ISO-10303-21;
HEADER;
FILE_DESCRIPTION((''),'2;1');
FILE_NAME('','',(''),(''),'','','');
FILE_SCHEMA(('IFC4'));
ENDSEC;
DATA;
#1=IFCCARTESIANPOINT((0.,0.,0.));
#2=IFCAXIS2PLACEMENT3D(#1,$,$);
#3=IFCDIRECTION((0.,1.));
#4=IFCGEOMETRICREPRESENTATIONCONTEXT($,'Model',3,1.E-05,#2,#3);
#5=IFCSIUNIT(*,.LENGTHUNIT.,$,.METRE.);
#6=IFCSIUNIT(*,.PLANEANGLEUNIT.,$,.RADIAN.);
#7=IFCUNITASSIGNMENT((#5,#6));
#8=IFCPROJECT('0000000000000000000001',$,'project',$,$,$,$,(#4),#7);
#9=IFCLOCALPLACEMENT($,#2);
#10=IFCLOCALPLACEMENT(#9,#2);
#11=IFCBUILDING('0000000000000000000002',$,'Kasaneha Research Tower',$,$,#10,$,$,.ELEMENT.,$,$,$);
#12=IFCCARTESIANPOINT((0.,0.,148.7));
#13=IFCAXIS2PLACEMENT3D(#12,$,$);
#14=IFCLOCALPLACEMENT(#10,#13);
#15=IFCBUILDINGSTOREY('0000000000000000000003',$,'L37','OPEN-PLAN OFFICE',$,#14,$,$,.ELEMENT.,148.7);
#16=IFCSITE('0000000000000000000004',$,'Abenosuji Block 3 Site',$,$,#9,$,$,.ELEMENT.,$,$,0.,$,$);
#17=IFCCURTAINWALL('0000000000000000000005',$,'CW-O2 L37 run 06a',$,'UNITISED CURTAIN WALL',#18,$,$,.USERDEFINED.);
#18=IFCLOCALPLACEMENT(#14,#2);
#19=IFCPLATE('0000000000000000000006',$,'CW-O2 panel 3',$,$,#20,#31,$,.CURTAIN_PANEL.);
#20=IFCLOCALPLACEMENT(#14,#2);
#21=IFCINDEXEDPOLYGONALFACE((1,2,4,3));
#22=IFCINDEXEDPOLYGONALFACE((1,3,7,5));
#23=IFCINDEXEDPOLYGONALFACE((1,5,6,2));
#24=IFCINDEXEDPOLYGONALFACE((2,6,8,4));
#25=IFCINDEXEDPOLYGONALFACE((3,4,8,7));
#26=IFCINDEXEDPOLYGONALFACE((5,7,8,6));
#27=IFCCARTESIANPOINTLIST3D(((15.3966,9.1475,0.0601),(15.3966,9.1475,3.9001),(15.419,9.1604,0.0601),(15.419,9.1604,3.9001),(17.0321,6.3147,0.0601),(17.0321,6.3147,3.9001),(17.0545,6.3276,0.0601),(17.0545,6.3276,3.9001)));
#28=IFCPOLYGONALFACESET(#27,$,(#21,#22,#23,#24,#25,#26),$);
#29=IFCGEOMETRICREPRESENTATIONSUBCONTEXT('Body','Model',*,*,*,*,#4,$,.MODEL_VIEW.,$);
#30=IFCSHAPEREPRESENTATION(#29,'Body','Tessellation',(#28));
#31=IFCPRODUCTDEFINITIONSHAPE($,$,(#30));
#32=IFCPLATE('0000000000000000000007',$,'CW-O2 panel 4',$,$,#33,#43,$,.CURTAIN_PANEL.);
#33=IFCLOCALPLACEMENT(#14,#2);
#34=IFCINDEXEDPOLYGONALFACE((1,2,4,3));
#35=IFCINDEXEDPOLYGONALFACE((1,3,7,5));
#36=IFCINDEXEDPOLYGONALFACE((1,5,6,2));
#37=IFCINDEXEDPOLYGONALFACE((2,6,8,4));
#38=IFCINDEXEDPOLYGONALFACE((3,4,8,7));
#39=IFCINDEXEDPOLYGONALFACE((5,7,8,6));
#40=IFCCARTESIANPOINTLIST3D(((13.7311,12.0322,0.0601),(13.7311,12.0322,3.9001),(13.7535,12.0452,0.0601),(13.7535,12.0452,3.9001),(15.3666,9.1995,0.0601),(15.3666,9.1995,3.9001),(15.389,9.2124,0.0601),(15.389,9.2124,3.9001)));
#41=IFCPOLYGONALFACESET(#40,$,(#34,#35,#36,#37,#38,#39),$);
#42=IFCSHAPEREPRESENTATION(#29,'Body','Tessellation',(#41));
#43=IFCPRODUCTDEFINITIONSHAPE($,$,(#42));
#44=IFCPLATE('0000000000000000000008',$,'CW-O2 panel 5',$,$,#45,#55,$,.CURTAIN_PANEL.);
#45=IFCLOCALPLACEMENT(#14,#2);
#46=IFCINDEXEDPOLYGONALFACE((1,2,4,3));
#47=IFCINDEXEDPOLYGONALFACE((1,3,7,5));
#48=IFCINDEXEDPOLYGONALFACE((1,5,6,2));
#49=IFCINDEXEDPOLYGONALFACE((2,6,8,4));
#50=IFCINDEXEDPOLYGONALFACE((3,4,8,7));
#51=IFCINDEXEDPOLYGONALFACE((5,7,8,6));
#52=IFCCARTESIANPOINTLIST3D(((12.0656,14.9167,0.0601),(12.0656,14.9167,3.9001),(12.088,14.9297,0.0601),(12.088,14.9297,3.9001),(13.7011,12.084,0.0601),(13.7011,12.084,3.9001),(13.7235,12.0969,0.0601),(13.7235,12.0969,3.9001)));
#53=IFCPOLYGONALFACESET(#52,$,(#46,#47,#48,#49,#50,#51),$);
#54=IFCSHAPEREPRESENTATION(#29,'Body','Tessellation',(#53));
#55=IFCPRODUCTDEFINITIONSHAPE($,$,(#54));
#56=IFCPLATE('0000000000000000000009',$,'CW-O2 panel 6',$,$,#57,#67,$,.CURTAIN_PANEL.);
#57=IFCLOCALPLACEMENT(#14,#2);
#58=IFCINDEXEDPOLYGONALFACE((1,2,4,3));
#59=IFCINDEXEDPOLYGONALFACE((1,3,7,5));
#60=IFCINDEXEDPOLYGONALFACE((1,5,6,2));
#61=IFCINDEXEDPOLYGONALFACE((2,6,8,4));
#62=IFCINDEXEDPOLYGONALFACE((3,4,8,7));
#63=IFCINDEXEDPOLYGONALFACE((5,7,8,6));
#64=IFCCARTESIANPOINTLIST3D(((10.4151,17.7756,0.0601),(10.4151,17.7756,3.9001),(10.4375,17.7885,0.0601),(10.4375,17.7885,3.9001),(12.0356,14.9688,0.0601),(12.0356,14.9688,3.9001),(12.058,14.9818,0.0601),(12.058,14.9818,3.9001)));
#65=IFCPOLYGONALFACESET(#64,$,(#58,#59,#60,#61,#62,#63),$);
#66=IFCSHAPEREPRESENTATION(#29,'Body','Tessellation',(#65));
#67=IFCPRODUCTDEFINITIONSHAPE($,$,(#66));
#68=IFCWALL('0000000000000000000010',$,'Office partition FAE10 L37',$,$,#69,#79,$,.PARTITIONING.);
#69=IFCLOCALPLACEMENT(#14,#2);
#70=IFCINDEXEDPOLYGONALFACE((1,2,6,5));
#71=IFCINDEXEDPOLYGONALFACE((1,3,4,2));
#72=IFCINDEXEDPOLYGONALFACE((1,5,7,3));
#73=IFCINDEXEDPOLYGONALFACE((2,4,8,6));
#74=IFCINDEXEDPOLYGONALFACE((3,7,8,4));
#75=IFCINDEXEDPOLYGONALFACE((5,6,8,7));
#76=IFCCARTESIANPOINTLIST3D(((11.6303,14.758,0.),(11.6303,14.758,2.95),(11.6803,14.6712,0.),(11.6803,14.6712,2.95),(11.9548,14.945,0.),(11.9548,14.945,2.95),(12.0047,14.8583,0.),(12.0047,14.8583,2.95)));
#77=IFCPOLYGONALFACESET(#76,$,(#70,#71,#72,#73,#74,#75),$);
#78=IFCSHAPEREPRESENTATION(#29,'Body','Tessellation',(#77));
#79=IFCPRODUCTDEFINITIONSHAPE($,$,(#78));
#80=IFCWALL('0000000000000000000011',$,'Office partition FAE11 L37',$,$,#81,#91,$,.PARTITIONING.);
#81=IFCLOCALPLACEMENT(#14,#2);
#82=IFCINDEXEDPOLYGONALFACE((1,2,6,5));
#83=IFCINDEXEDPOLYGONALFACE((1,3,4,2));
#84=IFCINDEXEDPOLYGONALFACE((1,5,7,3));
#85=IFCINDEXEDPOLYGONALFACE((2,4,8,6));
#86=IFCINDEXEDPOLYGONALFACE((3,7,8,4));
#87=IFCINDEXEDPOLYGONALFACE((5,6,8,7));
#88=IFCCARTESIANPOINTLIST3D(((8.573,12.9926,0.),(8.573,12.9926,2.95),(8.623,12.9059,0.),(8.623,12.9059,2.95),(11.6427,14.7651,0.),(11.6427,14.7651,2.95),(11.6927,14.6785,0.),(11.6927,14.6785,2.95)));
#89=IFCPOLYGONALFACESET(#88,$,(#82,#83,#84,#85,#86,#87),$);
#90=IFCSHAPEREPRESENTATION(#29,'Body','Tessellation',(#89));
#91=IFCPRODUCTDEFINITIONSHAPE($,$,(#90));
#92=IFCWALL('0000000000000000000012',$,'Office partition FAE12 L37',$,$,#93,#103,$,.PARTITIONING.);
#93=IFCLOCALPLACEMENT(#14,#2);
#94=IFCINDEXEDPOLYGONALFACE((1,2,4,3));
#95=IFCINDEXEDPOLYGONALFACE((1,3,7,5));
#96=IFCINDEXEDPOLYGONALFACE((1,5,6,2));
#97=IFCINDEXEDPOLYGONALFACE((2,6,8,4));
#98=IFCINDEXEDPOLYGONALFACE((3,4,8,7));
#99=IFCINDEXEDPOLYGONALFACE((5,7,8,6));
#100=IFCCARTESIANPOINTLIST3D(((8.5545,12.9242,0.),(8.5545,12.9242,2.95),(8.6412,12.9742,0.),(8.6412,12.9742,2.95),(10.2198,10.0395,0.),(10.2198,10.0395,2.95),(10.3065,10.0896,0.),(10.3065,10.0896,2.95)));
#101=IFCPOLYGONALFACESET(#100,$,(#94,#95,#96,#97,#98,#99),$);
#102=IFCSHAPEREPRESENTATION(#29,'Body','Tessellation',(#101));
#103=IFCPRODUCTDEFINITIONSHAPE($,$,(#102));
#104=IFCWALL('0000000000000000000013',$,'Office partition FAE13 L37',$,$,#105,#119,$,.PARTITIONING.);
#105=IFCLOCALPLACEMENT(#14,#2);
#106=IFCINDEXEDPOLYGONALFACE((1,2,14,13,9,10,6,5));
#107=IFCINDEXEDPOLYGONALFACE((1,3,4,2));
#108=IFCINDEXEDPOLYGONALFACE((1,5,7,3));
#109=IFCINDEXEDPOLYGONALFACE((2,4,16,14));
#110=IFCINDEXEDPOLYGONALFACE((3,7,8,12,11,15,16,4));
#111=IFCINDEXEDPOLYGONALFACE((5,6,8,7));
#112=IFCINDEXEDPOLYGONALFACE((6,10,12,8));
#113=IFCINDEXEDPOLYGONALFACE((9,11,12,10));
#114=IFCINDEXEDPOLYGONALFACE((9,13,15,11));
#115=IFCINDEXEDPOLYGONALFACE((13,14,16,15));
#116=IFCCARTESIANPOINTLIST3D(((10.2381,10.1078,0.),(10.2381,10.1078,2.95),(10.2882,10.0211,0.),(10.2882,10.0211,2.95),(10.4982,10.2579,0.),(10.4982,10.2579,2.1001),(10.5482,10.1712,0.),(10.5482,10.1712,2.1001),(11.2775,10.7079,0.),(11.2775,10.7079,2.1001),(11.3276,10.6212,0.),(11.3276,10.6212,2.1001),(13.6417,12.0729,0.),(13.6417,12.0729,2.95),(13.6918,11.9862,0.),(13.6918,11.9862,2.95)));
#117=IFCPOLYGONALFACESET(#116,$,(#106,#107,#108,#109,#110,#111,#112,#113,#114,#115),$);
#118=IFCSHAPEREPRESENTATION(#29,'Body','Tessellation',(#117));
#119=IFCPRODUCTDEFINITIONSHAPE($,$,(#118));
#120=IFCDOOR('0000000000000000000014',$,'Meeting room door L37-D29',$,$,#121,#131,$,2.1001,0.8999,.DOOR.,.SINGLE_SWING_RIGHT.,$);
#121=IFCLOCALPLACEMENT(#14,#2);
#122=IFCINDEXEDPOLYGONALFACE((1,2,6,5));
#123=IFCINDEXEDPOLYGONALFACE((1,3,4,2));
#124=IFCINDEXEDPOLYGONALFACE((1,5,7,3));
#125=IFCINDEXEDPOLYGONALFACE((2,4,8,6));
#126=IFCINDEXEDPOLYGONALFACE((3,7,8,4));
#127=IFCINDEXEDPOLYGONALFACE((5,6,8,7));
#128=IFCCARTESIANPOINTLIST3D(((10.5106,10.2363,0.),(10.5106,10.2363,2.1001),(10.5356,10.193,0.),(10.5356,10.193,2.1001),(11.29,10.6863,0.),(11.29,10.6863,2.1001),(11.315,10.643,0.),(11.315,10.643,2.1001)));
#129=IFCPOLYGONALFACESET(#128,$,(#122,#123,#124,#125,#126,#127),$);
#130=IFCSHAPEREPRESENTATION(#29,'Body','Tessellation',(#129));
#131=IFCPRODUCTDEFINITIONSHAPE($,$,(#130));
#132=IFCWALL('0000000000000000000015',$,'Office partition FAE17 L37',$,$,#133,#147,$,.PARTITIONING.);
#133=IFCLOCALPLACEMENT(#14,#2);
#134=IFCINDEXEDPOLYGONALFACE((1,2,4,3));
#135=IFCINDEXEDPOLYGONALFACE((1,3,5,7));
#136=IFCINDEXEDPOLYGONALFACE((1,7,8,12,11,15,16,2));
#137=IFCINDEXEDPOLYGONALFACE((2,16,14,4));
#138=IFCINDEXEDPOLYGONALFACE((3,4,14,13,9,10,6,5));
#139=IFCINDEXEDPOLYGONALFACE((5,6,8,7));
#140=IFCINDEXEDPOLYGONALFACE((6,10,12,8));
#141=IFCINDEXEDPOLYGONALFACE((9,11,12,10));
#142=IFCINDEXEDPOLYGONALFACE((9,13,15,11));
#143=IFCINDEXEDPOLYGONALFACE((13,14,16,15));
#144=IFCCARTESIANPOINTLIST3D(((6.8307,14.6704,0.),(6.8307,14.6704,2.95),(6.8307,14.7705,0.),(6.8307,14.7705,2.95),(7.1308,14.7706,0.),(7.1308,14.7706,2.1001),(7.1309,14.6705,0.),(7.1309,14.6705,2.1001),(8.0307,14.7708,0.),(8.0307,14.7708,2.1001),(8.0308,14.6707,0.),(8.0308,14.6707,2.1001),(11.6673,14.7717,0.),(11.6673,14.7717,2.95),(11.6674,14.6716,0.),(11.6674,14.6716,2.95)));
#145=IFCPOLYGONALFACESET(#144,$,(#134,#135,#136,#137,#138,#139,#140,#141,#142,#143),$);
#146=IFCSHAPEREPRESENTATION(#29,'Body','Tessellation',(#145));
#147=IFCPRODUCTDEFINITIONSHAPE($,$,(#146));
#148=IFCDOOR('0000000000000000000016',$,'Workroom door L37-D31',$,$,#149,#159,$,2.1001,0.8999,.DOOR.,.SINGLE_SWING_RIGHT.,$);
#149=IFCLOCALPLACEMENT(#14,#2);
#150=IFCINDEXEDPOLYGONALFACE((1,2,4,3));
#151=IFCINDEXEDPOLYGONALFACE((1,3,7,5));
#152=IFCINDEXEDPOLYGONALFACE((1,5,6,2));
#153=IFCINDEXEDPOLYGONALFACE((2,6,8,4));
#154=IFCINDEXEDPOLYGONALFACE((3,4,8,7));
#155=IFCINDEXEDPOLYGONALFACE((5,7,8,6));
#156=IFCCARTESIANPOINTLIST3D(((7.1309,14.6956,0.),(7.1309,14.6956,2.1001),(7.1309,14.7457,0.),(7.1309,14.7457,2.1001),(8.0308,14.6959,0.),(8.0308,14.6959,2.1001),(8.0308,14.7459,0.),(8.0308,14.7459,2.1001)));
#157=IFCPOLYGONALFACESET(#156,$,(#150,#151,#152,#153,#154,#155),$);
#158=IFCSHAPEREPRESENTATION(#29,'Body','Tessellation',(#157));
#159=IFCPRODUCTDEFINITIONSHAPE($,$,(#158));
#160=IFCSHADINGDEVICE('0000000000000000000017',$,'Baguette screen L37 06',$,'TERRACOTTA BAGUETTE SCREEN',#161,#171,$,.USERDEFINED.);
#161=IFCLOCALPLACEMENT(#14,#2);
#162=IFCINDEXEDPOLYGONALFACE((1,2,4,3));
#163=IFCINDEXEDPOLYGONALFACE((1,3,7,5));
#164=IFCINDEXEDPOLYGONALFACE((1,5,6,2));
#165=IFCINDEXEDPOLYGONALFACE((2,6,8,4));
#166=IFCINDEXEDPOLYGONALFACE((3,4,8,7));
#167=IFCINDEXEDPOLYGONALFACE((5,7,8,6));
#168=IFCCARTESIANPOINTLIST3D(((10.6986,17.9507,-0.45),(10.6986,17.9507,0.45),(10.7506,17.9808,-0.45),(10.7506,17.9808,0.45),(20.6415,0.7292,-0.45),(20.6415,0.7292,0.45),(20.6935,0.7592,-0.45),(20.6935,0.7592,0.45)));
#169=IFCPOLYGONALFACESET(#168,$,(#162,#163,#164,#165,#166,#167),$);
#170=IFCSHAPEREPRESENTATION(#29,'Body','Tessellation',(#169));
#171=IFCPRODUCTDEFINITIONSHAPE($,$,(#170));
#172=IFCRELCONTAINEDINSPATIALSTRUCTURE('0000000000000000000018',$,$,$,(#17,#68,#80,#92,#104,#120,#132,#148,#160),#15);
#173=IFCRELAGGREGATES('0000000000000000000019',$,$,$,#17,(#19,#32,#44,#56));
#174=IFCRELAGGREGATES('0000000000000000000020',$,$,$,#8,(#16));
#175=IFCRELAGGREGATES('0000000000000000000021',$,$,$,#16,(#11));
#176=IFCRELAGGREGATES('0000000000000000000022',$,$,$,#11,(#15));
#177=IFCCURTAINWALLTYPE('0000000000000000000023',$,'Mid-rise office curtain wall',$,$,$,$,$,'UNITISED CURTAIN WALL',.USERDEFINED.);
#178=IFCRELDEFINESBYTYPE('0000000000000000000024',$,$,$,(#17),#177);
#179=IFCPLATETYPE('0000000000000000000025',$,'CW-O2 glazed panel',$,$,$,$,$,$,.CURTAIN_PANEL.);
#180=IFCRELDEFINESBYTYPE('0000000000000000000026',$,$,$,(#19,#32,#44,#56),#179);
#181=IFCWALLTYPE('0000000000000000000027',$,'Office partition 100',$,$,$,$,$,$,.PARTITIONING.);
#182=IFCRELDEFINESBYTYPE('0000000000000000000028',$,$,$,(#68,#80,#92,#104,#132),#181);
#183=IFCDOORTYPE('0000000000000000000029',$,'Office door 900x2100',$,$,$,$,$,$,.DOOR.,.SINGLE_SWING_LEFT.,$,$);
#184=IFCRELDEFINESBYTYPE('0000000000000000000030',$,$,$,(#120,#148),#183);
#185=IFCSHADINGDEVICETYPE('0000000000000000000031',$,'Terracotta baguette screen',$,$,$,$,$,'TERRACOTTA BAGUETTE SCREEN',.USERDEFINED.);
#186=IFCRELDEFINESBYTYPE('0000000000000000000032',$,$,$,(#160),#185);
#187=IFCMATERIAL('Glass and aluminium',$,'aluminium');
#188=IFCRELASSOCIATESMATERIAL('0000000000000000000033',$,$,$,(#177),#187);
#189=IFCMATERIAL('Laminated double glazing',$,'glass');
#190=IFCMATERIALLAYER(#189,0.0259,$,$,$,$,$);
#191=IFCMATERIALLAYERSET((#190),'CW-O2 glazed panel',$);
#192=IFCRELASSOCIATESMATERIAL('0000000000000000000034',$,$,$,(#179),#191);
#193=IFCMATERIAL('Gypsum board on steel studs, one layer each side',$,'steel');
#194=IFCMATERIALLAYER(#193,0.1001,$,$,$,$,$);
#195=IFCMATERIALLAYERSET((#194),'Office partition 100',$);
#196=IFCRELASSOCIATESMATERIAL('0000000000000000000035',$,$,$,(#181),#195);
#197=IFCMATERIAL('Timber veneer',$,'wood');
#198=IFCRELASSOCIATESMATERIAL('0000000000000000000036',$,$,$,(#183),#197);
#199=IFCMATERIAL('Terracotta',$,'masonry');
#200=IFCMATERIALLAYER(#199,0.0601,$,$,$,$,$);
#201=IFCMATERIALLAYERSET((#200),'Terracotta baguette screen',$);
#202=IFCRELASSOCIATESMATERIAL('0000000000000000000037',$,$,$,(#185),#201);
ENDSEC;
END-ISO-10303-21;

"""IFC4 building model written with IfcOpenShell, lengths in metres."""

from ifc_helpers import new_model, si_unit, direction, frame, frame_2d, origin, origin_2d, place, context, subcontext, project, spatial, rectangle, extrude, material, layer, layer_set, type_object, element, fill, aggregate, save


model = new_model("IFC4")

# Units and contexts
model_context = context("Model", 3, precision=1e-05, world=origin(), true_north=direction((0.0, 1.0)))
body_context = subcontext(model_context, "Body", "Model", "MODEL_VIEW")
ifc_project = project(units=[si_unit("LENGTHUNIT", "METRE"), si_unit("PLANEANGLEUNIT", "RADIAN")], contexts=[model_context])

# Site, building, storey
site_placement = place(None, origin())
site = spatial("IfcSite", under=ifc_project, at=site_placement, Name="Abenosuji Block 3 Site", CompositionType="ELEMENT", RefElevation=0.0)
building_placement = place(site_placement, origin())
building = spatial("IfcBuilding", under=site, at=building_placement, Name="Kasaneha Research Tower", CompositionType="ELEMENT")
storey_placement = place(building_placement, frame((0.0, 0.0, 148.7)))
storey = spatial("IfcBuildingStorey", under=building, at=storey_placement, Name="L37", Description="OPEN-PLAN OFFICE", CompositionType="ELEMENT", Elevation=148.7)

# Curtain wall
ifc_material_1 = material(Name="Glass and aluminium", Category="aluminium")
curtain_wall_type = type_object("IfcCurtainWallType", Name="Mid-rise office curtain wall", ElementType="UNITISED CURTAIN WALL", PredefinedType="USERDEFINED", material=ifc_material_1)
curtain_wall_1_placement = place(storey_placement, origin())
curtain_wall_1 = element("IfcCurtainWall", 1, at=curtain_wall_1_placement, inside=storey, type_object=curtain_wall_type, Name="CW-O2 L37 run 06a", ObjectType="UNITISED CURTAIN WALL", PredefinedType="USERDEFINED")

# Plates
ifc_material_2 = material(Name="Laminated double glazing", Category="glass")
ifc_layer_1 = layer(ifc_material_2, 0.0259)
ifc_layer_set_1 = layer_set([ifc_layer_1], Name="CW-O2 glazed panel")
plate_type = type_object("IfcPlateType", Name="CW-O2 glazed panel", PredefinedType="CURTAIN_PANEL", material=ifc_layer_set_1)
plate_1_placement = place(storey_placement, frame((16.2256, 7.7375, 0.0601), z_axis=(0.0, 0.0, 1.0), x_axis=(-0.5, 0.866025, 0.0)))
plate_1 = element("IfcPlate", 2, at=plate_1_placement, type_object=plate_type, Name="CW-O2 panel 3", PredefinedType="CURTAIN_PANEL", context=body_context, shape_type="SweptSolid", body=[
    extrude(rectangle(XDim=3.271, YDim=0.0259, at=origin_2d()), origin(), (0.0, 0.0, 1.0), 3.8401),
])
plate_2_placement = place(storey_placement, frame((14.5601, 10.6223, 0.0601), z_axis=(0.0, 0.0, 1.0), x_axis=(-0.5, 0.866025, 0.0)))
plate_2 = element("IfcPlate", 3, at=plate_2_placement, type_object=plate_type, Name="CW-O2 panel 4", PredefinedType="CURTAIN_PANEL", context=body_context, shape_type="SweptSolid", body=[
    extrude(rectangle(XDim=3.271, YDim=0.0259, at=origin_2d()), origin(), (0.0, 0.0, 1.0), 3.8401),
])
plate_3_placement = place(storey_placement, frame((12.8945, 13.5068, 0.0601), z_axis=(0.0, 0.0, 1.0), x_axis=(-0.5, 0.866025, 0.0)))
plate_3 = element("IfcPlate", 4, at=plate_3_placement, type_object=plate_type, Name="CW-O2 panel 5", PredefinedType="CURTAIN_PANEL", context=body_context, shape_type="SweptSolid", body=[
    extrude(rectangle(XDim=3.271, YDim=0.0259, at=origin_2d()), origin(), (0.0, 0.0, 1.0), 3.8401),
])
plate_4_placement = place(storey_placement, frame((11.2366, 16.3787, 0.0601), z_axis=(0.0, 0.0, 1.0), x_axis=(-0.5, 0.866025, 0.0)))
plate_4 = element("IfcPlate", 5, at=plate_4_placement, type_object=plate_type, Name="CW-O2 panel 6", PredefinedType="CURTAIN_PANEL", context=body_context, shape_type="SweptSolid", body=[
    extrude(rectangle(XDim=3.241, YDim=0.0259, at=origin_2d()), origin(), (0.0, 0.0, 1.0), 3.8401),
])
aggregate(curtain_wall_1, [plate_1, plate_2, plate_3, plate_4])

# Walls
ifc_material_3 = material(Name="Gypsum board on steel studs, one layer each side", Category="steel")
ifc_layer_2 = layer(ifc_material_3, 0.1001)
ifc_layer_set_2 = layer_set([ifc_layer_2], Name="Office partition 100")
wall_type = type_object("IfcWallType", Name="Office partition 100", PredefinedType="PARTITIONING", material=ifc_layer_set_2)
wall_1_placement = place(storey_placement, frame((11.6553, 14.7146, 0.0), z_axis=(0.0, 0.0, 1.0), x_axis=(0.866392, 0.499365, 0.0)))
element("IfcWall", 6, at=wall_1_placement, inside=storey, type_object=wall_type, Name="Office partition FAE10 L37", PredefinedType="PARTITIONING", context=body_context, shape_type="SweptSolid", body=[
    extrude(rectangle(XDim=0.3745, YDim=0.1001, at=frame_2d((0.1873, 0.0))), origin(), (0.0, 0.0, 1.0), 2.95),
])
wall_2_placement = place(storey_placement, frame((8.5979, 12.9492, 0.0), z_axis=(0.0, 0.0, 1.0), x_axis=(0.865996, 0.50005, 0.0)))
element("IfcWall", 7, at=wall_2_placement, inside=storey, type_object=wall_type, Name="Office partition FAE11 L37", PredefinedType="PARTITIONING", context=body_context, shape_type="SweptSolid", body=[
    extrude(rectangle(XDim=3.5447, YDim=0.1001, at=frame_2d((1.7725, 0.0))), origin(), (0.0, 0.0, 1.0), 2.95),
])
wall_3_placement = place(storey_placement, frame((10.2632, 10.0645, 0.0), z_axis=(0.0, 0.0, 1.0), x_axis=(-0.499947, 0.866056, 0.0)))
element("IfcWall", 8, at=wall_3_placement, inside=storey, type_object=wall_type, Name="Office partition FAE12 L37", PredefinedType="PARTITIONING", context=body_context, shape_type="SweptSolid", body=[
    extrude(rectangle(XDim=3.3308, YDim=0.1001, at=frame_2d((1.6655, 0.0))), origin(), (0.0, 0.0, 1.0), 2.95),
])

# Walls, openings, doors
wall_4_placement = place(storey_placement, frame((13.6667, 12.0295, 0.0), z_axis=(0.0, 0.0, 1.0), x_axis=(-0.866021, -0.500007, 0.0)))
wall_4 = element("IfcWall", 9, at=wall_4_placement, inside=storey, type_object=wall_type, Name="Office partition FAE13 L37", PredefinedType="PARTITIONING", context=body_context, shape_type="SweptSolid", body=[
    extrude(rectangle(XDim=3.9302, YDim=0.1001, at=frame_2d((1.9651, 0.0))), origin(), (0.0, 0.0, 1.0), 2.95),
])
opening_1_placement = place(wall_4_placement, frame((2.73, 0.0, 0.0)))
opening_1 = element("IfcOpeningElement", 10, at=opening_1_placement, cuts=wall_4, PredefinedType="OPENING", context=body_context, shape_type="SweptSolid", body=[
    extrude(rectangle(XDim=0.8999, YDim=2.1001, at=frame_2d((0.45, 1.05))), frame((0.0, 0.0601, 0.0), z_axis=(0.0, -1.0, 0.0), x_axis=(1.0, 0.0, 0.0)), (0.0, 0.0, 1.0), 0.1201),
])
ifc_material_4 = material(Name="Timber veneer", Category="wood")
door_type = type_object("IfcDoorType", Name="Office door 900x2100", OperationType="SINGLE_SWING_LEFT", PredefinedType="DOOR", material=ifc_material_4)
door_1_placement = place(opening_1_placement, origin())
door_1 = element("IfcDoor", 11, at=door_1_placement, inside=storey, type_object=door_type, Name="Meeting room door L37-D29", OperationType="SINGLE_SWING_RIGHT", OverallHeight=2.1001, OverallWidth=0.8999, PredefinedType="DOOR", context=body_context, shape_type="SweptSolid", body=[
    extrude(rectangle(XDim=0.8999, YDim=2.1001, at=frame_2d((0.45, 1.05))), frame((0.0, 0.0249, 0.0), z_axis=(0.0, -1.0, 0.0), x_axis=(1.0, 0.0, 0.0)), (0.0, 0.0, 1.0), 0.05),
])
fill(opening_1, door_1)
wall_5_placement = place(storey_placement, frame((11.6675, 14.7217, 0.0), z_axis=(0.0, 0.0, 1.0), x_axis=(-1.0, -0.000252, 0.0)))
wall_5 = element("IfcWall", 12, at=wall_5_placement, inside=storey, type_object=wall_type, Name="Office partition FAE17 L37", PredefinedType="PARTITIONING", context=body_context, shape_type="SweptSolid", body=[
    extrude(rectangle(XDim=4.8367, YDim=0.1001, at=frame_2d((2.4185, 0.0))), origin(), (0.0, 0.0, 1.0), 2.95),
])
opening_2_placement = place(wall_5_placement, frame((3.6367, 0.0, 0.0)))
opening_2 = element("IfcOpeningElement", 13, at=opening_2_placement, cuts=wall_5, PredefinedType="OPENING", context=body_context, shape_type="SweptSolid", body=[
    extrude(rectangle(XDim=0.8999, YDim=2.1001, at=frame_2d((0.45, 1.05))), frame((0.0, 0.0601, 0.0), z_axis=(0.0, -1.0, 0.0), x_axis=(1.0, 0.0, 0.0)), (0.0, 0.0, 1.0), 0.1201),
])
door_2_placement = place(opening_2_placement, origin())
door_2 = element("IfcDoor", 14, at=door_2_placement, inside=storey, type_object=door_type, Name="Workroom door L37-D31", OperationType="SINGLE_SWING_RIGHT", OverallHeight=2.1001, OverallWidth=0.8999, PredefinedType="DOOR", context=body_context, shape_type="SweptSolid", body=[
    extrude(rectangle(XDim=0.8999, YDim=2.1001, at=frame_2d((0.45, 1.05))), frame((0.0, 0.0249, 0.0), z_axis=(0.0, -1.0, 0.0), x_axis=(1.0, 0.0, 0.0)), (0.0, 0.0, 1.0), 0.05),
])
fill(opening_2, door_2)

# Shading device
ifc_material_5 = material(Name="Terracotta", Category="masonry")
ifc_layer_3 = layer(ifc_material_5, 0.0601)
ifc_layer_set_3 = layer_set([ifc_layer_3], Name="Terracotta baguette screen")
shading_device_type = type_object("IfcShadingDeviceType", Name="Terracotta baguette screen", ElementType="TERRACOTTA BAGUETTE SCREEN", PredefinedType="USERDEFINED", material=ifc_layer_set_3)
shading_device_placement = place(storey_placement, frame((15.696, 9.355, -0.45), z_axis=(0.0, 0.0, 1.0), x_axis=(-0.5, 0.866025, 0.0)))
element("IfcShadingDevice", 15, at=shading_device_placement, inside=storey, type_object=shading_device_type, Name="Baguette screen L37 06", ObjectType="TERRACOTTA BAGUETTE SCREEN", PredefinedType="USERDEFINED", context=body_context, shape_type="SweptSolid", body=[
    extrude(rectangle(XDim=19.8857, YDim=0.0601, at=origin_2d()), origin(), (0.0, 0.0, 1.0), 0.8999),
])

save(model, "model.ifc")
